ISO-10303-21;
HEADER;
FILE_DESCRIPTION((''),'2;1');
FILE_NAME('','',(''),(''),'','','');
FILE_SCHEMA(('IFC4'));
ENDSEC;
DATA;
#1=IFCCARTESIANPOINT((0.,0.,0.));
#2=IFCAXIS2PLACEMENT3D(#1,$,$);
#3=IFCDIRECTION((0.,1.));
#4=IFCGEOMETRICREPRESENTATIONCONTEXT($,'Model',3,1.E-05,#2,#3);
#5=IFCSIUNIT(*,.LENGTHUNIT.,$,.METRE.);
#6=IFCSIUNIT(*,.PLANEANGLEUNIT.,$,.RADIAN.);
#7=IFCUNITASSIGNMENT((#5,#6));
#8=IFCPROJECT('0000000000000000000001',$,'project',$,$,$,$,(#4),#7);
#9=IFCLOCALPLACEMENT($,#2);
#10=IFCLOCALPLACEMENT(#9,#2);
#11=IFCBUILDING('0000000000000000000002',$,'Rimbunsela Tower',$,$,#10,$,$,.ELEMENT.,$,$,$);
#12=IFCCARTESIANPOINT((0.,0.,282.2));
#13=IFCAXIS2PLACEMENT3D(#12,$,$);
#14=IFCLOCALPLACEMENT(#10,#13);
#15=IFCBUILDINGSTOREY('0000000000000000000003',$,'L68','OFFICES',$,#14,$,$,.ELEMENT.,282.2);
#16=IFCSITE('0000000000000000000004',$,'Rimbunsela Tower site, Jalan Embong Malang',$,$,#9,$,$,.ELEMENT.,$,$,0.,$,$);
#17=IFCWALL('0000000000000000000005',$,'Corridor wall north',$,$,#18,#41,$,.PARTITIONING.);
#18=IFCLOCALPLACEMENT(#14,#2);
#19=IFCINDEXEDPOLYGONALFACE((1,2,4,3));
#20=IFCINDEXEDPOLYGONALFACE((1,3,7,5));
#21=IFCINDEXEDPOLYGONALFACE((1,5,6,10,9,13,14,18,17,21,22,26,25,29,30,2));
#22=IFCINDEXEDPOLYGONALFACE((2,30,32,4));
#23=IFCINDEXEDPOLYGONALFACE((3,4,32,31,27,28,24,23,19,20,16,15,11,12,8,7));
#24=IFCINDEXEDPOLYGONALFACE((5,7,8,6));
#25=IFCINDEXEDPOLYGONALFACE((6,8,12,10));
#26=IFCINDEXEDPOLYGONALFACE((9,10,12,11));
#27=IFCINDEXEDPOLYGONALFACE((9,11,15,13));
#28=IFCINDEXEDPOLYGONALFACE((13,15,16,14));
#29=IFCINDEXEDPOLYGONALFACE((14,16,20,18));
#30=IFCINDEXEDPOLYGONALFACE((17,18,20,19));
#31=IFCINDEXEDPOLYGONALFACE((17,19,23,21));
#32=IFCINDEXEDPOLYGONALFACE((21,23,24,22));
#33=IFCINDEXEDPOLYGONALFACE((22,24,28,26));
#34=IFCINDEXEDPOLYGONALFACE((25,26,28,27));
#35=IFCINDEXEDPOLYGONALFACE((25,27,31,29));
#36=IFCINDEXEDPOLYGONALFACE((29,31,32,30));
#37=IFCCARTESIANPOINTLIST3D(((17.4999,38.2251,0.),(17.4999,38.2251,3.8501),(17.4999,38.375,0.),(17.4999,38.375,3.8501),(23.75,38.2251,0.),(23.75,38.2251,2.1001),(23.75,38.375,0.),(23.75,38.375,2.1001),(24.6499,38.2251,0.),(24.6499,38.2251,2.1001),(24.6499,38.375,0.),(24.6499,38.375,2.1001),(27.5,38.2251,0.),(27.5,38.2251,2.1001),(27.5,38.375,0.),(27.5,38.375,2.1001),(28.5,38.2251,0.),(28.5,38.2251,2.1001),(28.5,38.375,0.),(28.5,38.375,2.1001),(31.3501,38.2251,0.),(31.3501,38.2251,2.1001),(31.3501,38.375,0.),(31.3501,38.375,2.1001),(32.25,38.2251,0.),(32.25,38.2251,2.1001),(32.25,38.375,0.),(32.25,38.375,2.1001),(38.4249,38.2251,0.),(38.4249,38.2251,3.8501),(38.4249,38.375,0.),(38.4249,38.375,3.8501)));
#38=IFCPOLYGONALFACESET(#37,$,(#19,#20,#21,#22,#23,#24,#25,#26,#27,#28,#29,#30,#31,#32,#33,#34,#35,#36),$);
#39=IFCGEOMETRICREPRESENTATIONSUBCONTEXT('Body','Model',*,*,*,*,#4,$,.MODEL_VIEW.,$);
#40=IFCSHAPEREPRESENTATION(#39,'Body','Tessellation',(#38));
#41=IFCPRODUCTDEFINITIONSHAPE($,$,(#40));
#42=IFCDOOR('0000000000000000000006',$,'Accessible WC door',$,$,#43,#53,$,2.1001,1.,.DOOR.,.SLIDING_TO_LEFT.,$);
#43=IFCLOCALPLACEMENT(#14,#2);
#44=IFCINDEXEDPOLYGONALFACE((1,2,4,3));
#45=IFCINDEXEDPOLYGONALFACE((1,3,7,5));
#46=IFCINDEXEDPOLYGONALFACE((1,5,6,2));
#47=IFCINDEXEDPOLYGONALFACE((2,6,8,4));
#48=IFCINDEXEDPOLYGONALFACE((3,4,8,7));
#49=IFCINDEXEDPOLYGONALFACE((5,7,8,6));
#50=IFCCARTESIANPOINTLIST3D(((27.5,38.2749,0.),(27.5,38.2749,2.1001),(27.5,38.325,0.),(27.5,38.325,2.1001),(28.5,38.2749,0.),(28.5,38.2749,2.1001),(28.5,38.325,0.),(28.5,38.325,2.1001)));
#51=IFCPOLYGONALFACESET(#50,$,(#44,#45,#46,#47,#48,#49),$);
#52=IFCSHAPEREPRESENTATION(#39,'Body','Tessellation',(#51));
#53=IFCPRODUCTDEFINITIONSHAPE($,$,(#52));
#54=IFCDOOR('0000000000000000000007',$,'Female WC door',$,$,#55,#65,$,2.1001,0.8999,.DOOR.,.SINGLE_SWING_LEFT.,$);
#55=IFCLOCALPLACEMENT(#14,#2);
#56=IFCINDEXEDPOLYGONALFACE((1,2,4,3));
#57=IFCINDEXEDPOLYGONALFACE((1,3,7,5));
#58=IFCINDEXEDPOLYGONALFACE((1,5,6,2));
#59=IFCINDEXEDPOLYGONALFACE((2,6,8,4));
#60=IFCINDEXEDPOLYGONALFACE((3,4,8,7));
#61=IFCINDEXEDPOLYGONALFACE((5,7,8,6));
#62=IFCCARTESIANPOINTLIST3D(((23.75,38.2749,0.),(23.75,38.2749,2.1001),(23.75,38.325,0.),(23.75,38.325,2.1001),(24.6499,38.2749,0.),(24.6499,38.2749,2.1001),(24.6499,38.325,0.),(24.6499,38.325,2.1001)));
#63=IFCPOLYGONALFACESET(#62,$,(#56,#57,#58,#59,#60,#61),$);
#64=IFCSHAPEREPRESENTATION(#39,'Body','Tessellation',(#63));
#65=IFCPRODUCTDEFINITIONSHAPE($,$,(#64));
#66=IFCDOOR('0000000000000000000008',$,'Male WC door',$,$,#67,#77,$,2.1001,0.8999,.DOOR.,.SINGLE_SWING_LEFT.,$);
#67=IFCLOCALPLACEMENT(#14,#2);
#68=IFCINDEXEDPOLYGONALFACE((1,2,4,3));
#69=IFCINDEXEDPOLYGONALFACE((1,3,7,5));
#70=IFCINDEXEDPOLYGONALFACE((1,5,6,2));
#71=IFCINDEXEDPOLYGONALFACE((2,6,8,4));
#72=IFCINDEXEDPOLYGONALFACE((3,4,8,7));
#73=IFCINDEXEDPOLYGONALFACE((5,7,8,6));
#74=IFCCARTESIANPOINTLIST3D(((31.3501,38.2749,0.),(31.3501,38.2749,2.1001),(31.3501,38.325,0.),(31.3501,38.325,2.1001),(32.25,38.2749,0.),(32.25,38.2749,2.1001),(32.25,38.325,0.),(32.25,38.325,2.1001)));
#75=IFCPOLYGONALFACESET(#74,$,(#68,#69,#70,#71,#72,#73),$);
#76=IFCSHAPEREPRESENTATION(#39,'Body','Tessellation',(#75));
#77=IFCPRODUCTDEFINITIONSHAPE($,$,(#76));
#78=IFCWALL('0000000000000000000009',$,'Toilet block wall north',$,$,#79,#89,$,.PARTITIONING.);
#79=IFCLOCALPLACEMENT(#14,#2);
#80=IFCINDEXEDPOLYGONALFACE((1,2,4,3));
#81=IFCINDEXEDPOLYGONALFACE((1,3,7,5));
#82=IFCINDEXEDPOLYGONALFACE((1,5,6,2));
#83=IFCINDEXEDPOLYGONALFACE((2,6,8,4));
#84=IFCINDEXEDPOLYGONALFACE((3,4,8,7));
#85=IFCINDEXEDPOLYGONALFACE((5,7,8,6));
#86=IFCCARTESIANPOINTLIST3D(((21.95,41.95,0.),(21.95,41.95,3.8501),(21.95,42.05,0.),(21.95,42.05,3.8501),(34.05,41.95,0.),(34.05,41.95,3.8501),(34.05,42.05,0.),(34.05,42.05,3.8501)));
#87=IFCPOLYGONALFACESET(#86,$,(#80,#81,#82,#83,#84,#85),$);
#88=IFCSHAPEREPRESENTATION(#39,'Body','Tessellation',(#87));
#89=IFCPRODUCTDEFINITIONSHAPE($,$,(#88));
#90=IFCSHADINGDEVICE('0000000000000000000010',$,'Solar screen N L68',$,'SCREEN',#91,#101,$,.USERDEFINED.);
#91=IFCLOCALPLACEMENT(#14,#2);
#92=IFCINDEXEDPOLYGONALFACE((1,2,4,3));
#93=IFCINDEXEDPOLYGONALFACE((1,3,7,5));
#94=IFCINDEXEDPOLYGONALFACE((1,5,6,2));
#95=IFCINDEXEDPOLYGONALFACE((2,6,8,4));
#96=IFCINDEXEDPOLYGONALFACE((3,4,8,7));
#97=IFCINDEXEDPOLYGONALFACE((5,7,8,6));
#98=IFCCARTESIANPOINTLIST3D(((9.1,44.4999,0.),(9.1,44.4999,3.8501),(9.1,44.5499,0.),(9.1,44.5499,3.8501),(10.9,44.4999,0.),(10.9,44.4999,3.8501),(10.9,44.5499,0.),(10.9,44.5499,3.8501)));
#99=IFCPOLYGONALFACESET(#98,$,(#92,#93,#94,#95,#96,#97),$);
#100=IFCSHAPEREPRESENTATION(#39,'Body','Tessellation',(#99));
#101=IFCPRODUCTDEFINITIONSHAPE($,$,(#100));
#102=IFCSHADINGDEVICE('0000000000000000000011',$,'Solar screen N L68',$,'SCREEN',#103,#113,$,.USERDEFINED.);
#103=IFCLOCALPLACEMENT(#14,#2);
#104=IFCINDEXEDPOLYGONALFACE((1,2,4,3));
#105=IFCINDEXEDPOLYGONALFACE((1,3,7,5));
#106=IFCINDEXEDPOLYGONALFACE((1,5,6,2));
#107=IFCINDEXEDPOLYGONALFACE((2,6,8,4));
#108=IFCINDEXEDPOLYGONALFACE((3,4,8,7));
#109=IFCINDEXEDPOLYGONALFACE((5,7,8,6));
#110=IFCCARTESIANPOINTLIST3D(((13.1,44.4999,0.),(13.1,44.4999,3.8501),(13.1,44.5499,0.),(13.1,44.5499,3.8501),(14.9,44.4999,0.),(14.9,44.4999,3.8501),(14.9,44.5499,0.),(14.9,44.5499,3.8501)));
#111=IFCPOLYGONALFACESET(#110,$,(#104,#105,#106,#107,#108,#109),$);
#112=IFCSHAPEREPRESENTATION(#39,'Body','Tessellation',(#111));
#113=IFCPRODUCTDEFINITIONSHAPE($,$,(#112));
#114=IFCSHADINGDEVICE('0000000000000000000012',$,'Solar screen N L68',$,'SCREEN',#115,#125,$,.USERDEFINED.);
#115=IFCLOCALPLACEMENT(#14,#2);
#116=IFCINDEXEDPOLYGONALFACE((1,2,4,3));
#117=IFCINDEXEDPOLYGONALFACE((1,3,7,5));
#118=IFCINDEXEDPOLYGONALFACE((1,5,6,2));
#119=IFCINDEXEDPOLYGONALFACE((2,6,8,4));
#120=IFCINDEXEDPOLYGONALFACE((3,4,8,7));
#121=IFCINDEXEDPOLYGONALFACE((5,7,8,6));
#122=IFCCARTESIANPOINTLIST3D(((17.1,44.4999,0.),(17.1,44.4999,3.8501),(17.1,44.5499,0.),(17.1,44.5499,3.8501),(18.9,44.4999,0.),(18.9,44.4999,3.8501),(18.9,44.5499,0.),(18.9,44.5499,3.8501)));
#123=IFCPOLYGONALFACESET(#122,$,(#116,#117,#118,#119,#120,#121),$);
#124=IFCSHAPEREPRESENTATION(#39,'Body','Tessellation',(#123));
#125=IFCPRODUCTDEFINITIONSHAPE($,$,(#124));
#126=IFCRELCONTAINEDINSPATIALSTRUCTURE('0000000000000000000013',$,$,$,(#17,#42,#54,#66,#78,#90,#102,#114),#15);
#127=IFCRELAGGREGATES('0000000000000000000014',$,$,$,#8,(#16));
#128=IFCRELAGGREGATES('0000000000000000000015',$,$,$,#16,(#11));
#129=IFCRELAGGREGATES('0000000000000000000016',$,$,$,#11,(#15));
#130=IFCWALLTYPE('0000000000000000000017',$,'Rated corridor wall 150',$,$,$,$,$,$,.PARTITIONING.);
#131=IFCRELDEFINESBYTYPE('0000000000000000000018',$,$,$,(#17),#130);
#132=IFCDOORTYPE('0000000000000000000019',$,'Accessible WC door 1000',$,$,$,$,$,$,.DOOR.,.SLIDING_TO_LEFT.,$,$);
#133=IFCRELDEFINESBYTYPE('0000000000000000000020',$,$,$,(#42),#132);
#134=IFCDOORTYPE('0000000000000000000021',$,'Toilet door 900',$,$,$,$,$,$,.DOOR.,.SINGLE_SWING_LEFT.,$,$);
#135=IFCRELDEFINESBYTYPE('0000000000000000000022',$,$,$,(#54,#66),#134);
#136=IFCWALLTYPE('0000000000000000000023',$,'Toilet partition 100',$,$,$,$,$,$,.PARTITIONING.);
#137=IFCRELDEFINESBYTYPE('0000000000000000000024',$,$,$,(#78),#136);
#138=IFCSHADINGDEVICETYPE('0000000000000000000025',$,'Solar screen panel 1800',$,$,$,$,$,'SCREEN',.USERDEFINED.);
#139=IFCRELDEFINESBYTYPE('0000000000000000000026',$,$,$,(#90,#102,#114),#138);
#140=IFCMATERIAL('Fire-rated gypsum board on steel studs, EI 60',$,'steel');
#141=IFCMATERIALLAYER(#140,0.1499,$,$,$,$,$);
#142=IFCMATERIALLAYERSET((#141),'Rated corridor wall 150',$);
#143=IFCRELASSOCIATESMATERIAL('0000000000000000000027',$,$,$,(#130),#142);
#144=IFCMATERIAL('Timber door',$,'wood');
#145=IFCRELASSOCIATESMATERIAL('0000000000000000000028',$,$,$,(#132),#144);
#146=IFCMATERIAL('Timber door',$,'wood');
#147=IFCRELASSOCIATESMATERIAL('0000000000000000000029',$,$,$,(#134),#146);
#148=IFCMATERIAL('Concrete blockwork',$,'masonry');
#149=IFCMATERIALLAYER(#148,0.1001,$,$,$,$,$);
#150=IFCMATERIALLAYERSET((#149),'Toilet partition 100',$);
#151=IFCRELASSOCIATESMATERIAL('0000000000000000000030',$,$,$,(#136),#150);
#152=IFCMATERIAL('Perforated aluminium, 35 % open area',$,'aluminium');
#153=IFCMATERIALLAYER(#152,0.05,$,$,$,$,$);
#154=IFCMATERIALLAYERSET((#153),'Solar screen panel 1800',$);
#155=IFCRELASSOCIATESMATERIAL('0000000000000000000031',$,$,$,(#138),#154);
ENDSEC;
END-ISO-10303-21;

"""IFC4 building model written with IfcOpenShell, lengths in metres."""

from ifc_helpers import new_model, si_unit, direction, frame, frame_2d, origin, origin_2d, place, context, subcontext, project, spatial, rectangle, extrude, material, layer, layer_set, type_object, element, fill, save


model = new_model("IFC4")

# Units and contexts
model_context = context("Model", 3, precision=1e-05, world=origin(), true_north=direction((0.0, 1.0)))
body_context = subcontext(model_context, "Body", "Model", "MODEL_VIEW")
ifc_project = project(units=[si_unit("LENGTHUNIT", "METRE"), si_unit("PLANEANGLEUNIT", "RADIAN")], contexts=[model_context])

# Site, building, storey
site_placement = place(None, origin())
site = spatial("IfcSite", under=ifc_project, at=site_placement, Name="Rimbunsela Tower site, Jalan Embong Malang", CompositionType="ELEMENT", RefElevation=0.0)
building_placement = place(site_placement, origin())
building = spatial("IfcBuilding", under=site, at=building_placement, Name="Rimbunsela Tower", CompositionType="ELEMENT")
storey_placement = place(building_placement, frame((0.0, 0.0, 282.2)))
storey = spatial("IfcBuildingStorey", under=building, at=storey_placement, Name="L68", Description="OFFICES", CompositionType="ELEMENT", Elevation=282.2)

# Shared definitions
ifc_material_1 = material(Name="Fire-rated gypsum board on steel studs, EI 60", Category="steel")
ifc_layer_1 = layer(ifc_material_1, 0.1499)
ifc_layer_set_1 = layer_set([ifc_layer_1], Name="Rated corridor wall 150")
wall_type_1 = type_object("IfcWallType", Name="Rated corridor wall 150", PredefinedType="PARTITIONING", material=ifc_layer_set_1)

# Wall, openings, doors
wall_1_placement = place(storey_placement, frame((17.5, 38.3, 0.0), z_axis=(0.0, 0.0, 1.0), x_axis=(1.0, 0.0, 0.0)))
wall_1 = element("IfcWall", 1, at=wall_1_placement, inside=storey, type_object=wall_type_1, Name="Corridor wall north", PredefinedType="PARTITIONING", context=body_context, shape_type="SweptSolid", body=[
    extrude(rectangle(XDim=20.925, YDim=0.1499, at=frame_2d((10.4624, 0.0))), origin(), (0.0, 0.0, 1.0), 3.8501),
])
opening_1_placement = place(wall_1_placement, frame((6.25, 0.0, 0.0)))
opening_1 = element("IfcOpeningElement", 2, at=opening_1_placement, cuts=wall_1, PredefinedType="OPENING", context=body_context, shape_type="SweptSolid", body=[
    extrude(rectangle(XDim=0.8999, YDim=2.1001, at=frame_2d((0.45, 1.05))), frame((0.0, 0.085, 0.0), z_axis=(0.0, -1.0, 0.0), x_axis=(1.0, 0.0, 0.0)), (0.0, 0.0, 1.0), 0.1699),
])
opening_2_placement = place(wall_1_placement, frame((10.0, 0.0, 0.0)))
opening_2 = element("IfcOpeningElement", 3, at=opening_2_placement, cuts=wall_1, PredefinedType="OPENING", context=body_context, shape_type="SweptSolid", body=[
    extrude(rectangle(XDim=1.0, YDim=2.1001, at=frame_2d((0.5, 1.05))), frame((0.0, 0.085, 0.0), z_axis=(0.0, -1.0, 0.0), x_axis=(1.0, 0.0, 0.0)), (0.0, 0.0, 1.0), 0.1699),
])
opening_3_placement = place(wall_1_placement, frame((13.8501, 0.0, 0.0)))
opening_3 = element("IfcOpeningElement", 4, at=opening_3_placement, cuts=wall_1, PredefinedType="OPENING", context=body_context, shape_type="SweptSolid", body=[
    extrude(rectangle(XDim=0.8999, YDim=2.1001, at=frame_2d((0.45, 1.05))), frame((0.0, 0.085, 0.0), z_axis=(0.0, -1.0, 0.0), x_axis=(1.0, 0.0, 0.0)), (0.0, 0.0, 1.0), 0.1699),
])
ifc_material_2 = material(Name="Timber door", Category="wood")
door_type_1 = type_object("IfcDoorType", Name="Accessible WC door 1000", OperationType="SLIDING_TO_LEFT", PredefinedType="DOOR", material=ifc_material_2)
door_1_placement = place(opening_2_placement, origin())
door_1 = element("IfcDoor", 5, at=door_1_placement, inside=storey, type_object=door_type_1, Name="Accessible WC door", OperationType="SLIDING_TO_LEFT", OverallHeight=2.1001, OverallWidth=1.0, PredefinedType="DOOR", context=body_context, shape_type="SweptSolid", body=[
    extrude(rectangle(XDim=1.0, YDim=2.1001, at=frame_2d((0.5, 1.05))), frame((0.0, 0.0249, 0.0), z_axis=(0.0, -1.0, 0.0), x_axis=(1.0, 0.0, 0.0)), (0.0, 0.0, 1.0), 0.05),
])
fill(opening_2, door_1)
ifc_material_3 = material(Name="Timber door", Category="wood")
door_type_2 = type_object("IfcDoorType", Name="Toilet door 900", OperationType="SINGLE_SWING_LEFT", PredefinedType="DOOR", material=ifc_material_3)
door_2_placement = place(opening_1_placement, origin())
door_2 = element("IfcDoor", 6, at=door_2_placement, inside=storey, type_object=door_type_2, Name="Female WC door", OperationType="SINGLE_SWING_LEFT", OverallHeight=2.1001, OverallWidth=0.8999, PredefinedType="DOOR", context=body_context, shape_type="SweptSolid", body=[
    extrude(rectangle(XDim=0.8999, YDim=2.1001, at=frame_2d((0.45, 1.05))), frame((0.0, 0.0249, 0.0), z_axis=(0.0, -1.0, 0.0), x_axis=(1.0, 0.0, 0.0)), (0.0, 0.0, 1.0), 0.05),
])
fill(opening_1, door_2)
door_3_placement = place(opening_3_placement, origin())
door_3 = element("IfcDoor", 7, at=door_3_placement, inside=storey, type_object=door_type_2, Name="Male WC door", OperationType="SINGLE_SWING_LEFT", OverallHeight=2.1001, OverallWidth=0.8999, PredefinedType="DOOR", context=body_context, shape_type="SweptSolid", body=[
    extrude(rectangle(XDim=0.8999, YDim=2.1001, at=frame_2d((0.45, 1.05))), frame((0.0, 0.0249, 0.0), z_axis=(0.0, -1.0, 0.0), x_axis=(1.0, 0.0, 0.0)), (0.0, 0.0, 1.0), 0.05),
])
fill(opening_3, door_3)

# Wall
ifc_material_4 = material(Name="Concrete blockwork", Category="masonry")
ifc_layer_2 = layer(ifc_material_4, 0.1001)
ifc_layer_set_2 = layer_set([ifc_layer_2], Name="Toilet partition 100")
wall_type_2 = type_object("IfcWallType", Name="Toilet partition 100", PredefinedType="PARTITIONING", material=ifc_layer_set_2)
wall_2_placement = place(storey_placement, frame((21.95, 42.0, 0.0), z_axis=(0.0, 0.0, 1.0), x_axis=(1.0, 0.0, 0.0)))
element("IfcWall", 8, at=wall_2_placement, inside=storey, type_object=wall_type_2, Name="Toilet block wall north", PredefinedType="PARTITIONING", context=body_context, shape_type="SweptSolid", body=[
    extrude(rectangle(XDim=12.1001, YDim=0.1001, at=frame_2d((6.05, 0.0))), origin(), (0.0, 0.0, 1.0), 3.8501),
])

# Shading devices
ifc_material_5 = material(Name="Perforated aluminium, 35 % open area", Category="aluminium")
ifc_layer_3 = layer(ifc_material_5, 0.05)
ifc_layer_set_3 = layer_set([ifc_layer_3], Name="Solar screen panel 1800")
shading_device_type = type_object("IfcShadingDeviceType", Name="Solar screen panel 1800", ElementType="SCREEN", PredefinedType="USERDEFINED", material=ifc_layer_set_3)
for number, where, z_axis, x_axis, name in (
    (9, (10.0, 44.5249, 0.0), (0.0, 0.0, 1.0), (1.0, 0.0, 0.0), "Solar screen N L68"),
    (10, (14.0, 44.5249, 0.0), (0.0, 0.0, 1.0), (1.0, 0.0, 0.0), "Solar screen N L68"),
    (11, (18.0, 44.5249, 0.0), (0.0, 0.0, 1.0), (1.0, 0.0, 0.0), "Solar screen N L68"),
):
    element("IfcShadingDevice", number, at=place(storey_placement, frame(where, z_axis=z_axis, x_axis=x_axis)), inside=storey, type_object=shading_device_type, Name=name, ObjectType="SCREEN", PredefinedType="USERDEFINED", context=body_context, shape_type="SweptSolid", body=[
        extrude(rectangle(XDim=1.8, YDim=0.05, at=origin_2d()), origin(), (0.0, 0.0, 1.0), 3.8501),
    ])

save(model, "model.ifc")
